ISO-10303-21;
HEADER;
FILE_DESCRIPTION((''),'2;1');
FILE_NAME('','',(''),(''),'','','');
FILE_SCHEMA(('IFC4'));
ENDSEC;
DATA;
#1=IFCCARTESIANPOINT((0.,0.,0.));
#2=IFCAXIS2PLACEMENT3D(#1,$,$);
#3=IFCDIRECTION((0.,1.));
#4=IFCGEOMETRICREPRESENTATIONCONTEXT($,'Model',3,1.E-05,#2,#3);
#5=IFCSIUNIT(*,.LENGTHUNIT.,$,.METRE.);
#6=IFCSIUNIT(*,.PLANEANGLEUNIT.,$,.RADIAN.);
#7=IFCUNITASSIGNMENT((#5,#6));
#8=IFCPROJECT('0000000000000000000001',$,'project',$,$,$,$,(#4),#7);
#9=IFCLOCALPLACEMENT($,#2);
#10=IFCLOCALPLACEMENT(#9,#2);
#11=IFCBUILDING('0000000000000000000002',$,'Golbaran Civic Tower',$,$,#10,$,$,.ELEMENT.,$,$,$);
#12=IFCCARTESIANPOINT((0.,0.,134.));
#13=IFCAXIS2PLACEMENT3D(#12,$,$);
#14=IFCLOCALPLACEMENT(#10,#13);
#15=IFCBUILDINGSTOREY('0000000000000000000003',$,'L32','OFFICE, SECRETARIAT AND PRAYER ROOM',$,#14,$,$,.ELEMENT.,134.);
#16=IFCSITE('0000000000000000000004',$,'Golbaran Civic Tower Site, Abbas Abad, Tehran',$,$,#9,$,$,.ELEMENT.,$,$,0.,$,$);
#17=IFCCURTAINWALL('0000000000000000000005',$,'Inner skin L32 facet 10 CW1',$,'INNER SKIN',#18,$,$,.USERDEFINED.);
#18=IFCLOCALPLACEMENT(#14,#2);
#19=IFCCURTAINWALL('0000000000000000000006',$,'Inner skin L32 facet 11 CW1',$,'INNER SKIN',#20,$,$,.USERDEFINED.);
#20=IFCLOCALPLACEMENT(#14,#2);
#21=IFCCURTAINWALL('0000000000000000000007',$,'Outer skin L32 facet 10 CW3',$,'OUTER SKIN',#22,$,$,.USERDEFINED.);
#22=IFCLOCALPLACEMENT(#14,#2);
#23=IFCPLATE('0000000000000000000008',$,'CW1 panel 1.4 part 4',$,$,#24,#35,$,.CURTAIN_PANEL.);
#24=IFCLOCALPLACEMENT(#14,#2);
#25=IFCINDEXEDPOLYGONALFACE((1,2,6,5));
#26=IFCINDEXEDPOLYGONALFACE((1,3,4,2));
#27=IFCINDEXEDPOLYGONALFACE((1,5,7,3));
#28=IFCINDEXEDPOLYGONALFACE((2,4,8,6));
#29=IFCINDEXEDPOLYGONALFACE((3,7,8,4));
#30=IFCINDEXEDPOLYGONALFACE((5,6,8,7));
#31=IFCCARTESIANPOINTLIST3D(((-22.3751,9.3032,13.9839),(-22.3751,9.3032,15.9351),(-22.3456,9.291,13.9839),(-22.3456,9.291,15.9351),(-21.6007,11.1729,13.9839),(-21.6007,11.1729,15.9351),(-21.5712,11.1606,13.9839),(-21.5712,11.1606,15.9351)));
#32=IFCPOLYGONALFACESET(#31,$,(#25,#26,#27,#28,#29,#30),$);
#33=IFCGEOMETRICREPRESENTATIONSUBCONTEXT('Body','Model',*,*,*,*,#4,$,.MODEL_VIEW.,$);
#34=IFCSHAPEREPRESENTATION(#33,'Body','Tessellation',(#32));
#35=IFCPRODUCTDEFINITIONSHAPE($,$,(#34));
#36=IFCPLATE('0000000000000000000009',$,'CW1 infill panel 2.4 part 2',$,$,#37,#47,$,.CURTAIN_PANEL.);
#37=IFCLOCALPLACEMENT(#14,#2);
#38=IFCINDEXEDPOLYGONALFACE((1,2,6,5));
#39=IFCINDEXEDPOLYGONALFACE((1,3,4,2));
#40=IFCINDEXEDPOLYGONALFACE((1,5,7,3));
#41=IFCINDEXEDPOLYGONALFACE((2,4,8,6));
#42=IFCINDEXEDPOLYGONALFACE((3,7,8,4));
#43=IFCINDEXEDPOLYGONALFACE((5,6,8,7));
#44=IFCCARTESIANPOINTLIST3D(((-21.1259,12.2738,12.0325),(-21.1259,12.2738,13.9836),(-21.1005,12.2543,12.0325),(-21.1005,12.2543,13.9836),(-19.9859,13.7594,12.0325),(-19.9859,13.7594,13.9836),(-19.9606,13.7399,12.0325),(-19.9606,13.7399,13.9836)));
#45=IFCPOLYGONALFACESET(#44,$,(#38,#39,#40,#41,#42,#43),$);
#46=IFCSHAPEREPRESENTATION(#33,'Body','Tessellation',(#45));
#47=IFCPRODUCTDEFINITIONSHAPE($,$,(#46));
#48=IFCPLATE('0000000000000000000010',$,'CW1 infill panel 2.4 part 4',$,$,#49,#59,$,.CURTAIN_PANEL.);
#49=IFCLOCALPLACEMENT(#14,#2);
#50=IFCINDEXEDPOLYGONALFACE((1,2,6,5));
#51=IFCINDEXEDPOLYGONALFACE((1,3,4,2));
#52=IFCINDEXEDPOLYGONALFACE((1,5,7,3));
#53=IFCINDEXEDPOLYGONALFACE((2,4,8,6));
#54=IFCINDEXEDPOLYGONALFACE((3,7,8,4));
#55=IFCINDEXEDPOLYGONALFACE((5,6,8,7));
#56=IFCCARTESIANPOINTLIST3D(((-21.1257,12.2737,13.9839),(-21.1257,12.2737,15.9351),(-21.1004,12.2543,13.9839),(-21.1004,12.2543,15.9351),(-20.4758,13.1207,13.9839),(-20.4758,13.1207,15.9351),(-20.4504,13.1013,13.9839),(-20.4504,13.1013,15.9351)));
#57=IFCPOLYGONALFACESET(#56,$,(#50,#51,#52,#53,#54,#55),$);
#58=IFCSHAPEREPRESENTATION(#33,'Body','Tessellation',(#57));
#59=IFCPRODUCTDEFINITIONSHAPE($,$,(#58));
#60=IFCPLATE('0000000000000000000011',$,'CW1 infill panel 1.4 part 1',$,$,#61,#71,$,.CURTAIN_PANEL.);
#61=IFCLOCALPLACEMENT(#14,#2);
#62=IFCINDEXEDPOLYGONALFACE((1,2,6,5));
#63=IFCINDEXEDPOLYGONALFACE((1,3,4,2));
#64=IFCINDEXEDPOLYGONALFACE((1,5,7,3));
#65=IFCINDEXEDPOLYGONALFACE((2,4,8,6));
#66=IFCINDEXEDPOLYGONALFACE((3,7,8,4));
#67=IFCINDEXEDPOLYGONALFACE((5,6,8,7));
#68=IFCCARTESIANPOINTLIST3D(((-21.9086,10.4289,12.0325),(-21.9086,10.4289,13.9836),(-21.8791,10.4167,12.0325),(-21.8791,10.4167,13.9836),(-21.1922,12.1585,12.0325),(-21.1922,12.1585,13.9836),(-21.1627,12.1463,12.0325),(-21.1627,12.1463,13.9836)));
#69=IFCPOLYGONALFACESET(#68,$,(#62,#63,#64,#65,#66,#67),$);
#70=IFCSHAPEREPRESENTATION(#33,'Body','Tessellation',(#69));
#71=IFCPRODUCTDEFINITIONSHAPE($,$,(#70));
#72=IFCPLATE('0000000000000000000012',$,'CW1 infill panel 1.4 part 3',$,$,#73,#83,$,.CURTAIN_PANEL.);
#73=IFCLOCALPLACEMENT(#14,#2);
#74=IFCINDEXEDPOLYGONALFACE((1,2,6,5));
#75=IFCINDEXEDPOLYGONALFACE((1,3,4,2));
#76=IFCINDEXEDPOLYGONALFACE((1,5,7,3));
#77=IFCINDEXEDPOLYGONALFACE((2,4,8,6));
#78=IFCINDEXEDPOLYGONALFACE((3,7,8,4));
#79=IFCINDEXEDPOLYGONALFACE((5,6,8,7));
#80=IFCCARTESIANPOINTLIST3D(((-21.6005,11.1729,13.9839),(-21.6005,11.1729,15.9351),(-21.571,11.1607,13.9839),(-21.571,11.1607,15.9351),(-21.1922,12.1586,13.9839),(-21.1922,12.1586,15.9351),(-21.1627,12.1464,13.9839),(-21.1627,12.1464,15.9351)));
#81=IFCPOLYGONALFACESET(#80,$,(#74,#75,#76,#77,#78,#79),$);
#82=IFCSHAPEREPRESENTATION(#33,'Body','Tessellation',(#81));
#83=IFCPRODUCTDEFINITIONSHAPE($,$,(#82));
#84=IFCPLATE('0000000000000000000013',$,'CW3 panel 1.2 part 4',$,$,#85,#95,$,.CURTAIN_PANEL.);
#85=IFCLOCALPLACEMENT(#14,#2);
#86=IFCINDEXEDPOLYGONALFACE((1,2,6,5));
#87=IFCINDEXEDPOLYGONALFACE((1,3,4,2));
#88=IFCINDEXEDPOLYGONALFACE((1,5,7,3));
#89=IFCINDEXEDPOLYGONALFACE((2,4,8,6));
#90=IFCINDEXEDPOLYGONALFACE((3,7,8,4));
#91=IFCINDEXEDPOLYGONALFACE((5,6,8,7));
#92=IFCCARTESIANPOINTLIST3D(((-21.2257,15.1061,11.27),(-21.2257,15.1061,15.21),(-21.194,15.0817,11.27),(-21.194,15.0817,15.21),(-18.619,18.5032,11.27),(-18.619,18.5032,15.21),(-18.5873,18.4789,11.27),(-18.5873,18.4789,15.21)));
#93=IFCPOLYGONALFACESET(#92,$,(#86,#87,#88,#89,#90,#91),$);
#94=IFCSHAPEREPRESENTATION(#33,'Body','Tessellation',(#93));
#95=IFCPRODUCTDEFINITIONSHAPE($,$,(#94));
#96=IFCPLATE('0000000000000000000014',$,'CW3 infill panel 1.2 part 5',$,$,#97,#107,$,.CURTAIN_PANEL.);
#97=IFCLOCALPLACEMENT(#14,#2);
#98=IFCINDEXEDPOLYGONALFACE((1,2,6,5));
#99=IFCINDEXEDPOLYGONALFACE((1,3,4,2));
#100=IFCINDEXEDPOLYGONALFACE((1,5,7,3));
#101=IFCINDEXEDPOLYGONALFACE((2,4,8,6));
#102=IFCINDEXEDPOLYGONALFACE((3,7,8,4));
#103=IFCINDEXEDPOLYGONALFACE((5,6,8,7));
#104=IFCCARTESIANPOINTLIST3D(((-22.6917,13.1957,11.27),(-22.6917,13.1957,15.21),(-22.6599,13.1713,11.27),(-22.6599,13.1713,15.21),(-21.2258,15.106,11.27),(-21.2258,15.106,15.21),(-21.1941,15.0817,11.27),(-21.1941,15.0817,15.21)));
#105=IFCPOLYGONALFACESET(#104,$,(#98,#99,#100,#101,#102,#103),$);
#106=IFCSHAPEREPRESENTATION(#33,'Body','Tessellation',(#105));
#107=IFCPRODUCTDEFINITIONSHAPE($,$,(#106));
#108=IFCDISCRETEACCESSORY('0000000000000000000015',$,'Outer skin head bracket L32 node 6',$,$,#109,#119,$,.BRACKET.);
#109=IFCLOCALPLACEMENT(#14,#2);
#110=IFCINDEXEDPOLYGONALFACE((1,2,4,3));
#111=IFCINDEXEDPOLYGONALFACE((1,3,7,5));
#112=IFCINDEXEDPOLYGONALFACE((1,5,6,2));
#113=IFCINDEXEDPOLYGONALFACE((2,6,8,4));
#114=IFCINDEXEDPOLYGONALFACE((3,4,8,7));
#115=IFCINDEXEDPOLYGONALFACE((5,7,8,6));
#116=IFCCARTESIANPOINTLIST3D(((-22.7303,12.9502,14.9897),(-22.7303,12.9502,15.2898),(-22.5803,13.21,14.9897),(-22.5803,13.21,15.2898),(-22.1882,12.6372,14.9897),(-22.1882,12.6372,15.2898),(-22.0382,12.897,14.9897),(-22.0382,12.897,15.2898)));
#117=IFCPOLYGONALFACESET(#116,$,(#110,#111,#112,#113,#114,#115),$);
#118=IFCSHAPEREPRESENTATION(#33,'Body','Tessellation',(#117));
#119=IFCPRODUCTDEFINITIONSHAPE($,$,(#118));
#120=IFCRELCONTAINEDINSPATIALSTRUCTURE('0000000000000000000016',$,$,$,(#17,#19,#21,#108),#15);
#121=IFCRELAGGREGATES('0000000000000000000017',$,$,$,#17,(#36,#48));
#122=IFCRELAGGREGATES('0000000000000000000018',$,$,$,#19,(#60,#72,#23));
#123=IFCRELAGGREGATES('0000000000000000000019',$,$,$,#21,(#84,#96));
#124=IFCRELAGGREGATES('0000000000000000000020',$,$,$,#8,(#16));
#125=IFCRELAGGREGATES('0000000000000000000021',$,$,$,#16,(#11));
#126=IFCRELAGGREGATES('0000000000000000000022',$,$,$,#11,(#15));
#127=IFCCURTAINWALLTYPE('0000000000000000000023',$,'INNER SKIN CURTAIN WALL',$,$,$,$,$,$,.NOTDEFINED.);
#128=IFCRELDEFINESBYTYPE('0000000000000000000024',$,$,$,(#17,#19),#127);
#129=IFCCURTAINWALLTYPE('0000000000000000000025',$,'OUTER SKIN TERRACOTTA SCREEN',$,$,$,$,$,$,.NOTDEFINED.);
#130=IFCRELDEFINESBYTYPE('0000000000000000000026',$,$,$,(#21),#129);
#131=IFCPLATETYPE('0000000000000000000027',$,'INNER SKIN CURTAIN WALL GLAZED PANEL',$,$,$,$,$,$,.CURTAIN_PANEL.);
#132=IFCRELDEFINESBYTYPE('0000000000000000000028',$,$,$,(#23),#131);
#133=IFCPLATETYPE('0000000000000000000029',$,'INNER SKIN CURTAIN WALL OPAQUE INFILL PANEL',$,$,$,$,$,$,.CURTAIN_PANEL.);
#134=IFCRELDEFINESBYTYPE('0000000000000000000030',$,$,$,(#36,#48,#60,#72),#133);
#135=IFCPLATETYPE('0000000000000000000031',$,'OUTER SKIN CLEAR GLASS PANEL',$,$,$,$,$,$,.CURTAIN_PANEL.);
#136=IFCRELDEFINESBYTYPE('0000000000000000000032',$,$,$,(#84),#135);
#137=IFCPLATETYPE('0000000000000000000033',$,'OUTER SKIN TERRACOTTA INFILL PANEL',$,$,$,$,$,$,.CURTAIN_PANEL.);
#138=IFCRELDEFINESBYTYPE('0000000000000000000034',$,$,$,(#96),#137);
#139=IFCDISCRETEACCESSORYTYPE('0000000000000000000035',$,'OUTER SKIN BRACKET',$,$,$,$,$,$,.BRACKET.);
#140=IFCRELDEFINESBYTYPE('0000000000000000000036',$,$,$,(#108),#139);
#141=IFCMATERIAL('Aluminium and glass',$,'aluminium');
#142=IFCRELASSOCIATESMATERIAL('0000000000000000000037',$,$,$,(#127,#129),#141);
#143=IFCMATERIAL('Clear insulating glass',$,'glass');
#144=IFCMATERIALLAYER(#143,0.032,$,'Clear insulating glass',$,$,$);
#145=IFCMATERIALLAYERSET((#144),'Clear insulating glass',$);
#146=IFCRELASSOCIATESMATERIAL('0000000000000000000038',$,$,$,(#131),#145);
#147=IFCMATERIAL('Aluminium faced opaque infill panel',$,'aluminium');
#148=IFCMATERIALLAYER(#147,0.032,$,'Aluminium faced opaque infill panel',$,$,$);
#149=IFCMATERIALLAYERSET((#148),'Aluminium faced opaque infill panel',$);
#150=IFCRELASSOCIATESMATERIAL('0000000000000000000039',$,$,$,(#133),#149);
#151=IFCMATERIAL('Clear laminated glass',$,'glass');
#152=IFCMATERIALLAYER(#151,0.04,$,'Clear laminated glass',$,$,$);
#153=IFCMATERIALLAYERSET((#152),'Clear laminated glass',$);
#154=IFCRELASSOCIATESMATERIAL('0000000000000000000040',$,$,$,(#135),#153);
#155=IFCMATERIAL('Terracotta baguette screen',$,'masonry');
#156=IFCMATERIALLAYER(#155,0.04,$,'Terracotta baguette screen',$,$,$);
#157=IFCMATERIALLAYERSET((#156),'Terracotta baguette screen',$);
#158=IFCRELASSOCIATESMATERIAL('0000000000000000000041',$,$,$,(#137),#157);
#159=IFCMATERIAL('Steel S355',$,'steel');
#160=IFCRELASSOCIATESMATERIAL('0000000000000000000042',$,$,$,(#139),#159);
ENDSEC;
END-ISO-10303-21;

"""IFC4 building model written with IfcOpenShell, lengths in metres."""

from ifc_helpers import new_model, si_unit, direction, frame, origin, origin_2d, place, context, subcontext, project, spatial, rectangle, extrude, material, layer, layer_set, type_object, element, aggregate, save


model = new_model("IFC4")

# Units and contexts
model_context = context("Model", 3, precision=1e-05, world=origin(), true_north=direction((0.0, 1.0)))
body_context = subcontext(model_context, "Body", "Model", "MODEL_VIEW")
ifc_project = project(units=[si_unit("LENGTHUNIT", "METRE"), si_unit("PLANEANGLEUNIT", "RADIAN")], contexts=[model_context])

# Site, building, storey
site_placement = place(None, origin())
site = spatial("IfcSite", under=ifc_project, at=site_placement, Name="Golbaran Civic Tower Site, Abbas Abad, Tehran", CompositionType="ELEMENT", RefElevation=0.0)
building_placement = place(site_placement, origin())
building = spatial("IfcBuilding", under=site, at=building_placement, Name="Golbaran Civic Tower", CompositionType="ELEMENT")
storey_placement = place(building_placement, frame((0.0, 0.0, 134.0)))
storey = spatial("IfcBuildingStorey", under=building, at=storey_placement, Name="L32", Description="OFFICE, SECRETARIAT AND PRAYER ROOM", CompositionType="ELEMENT", Elevation=134.0)

# Curtain walls
ifc_material_1 = material(Name="Aluminium and glass", Category="aluminium")
curtain_wall_type_1 = type_object("IfcCurtainWallType", Name="INNER SKIN CURTAIN WALL", PredefinedType="NOTDEFINED", material=ifc_material_1)
curtain_wall_1_placement = place(storey_placement, origin())
curtain_wall_1 = element("IfcCurtainWall", 1, at=curtain_wall_1_placement, inside=storey, type_object=curtain_wall_type_1, Name="Inner skin L32 facet 10 CW1", ObjectType="INNER SKIN", PredefinedType="USERDEFINED")
curtain_wall_2_placement = place(storey_placement, origin())
curtain_wall_2 = element("IfcCurtainWall", 2, at=curtain_wall_2_placement, inside=storey, type_object=curtain_wall_type_1, Name="Inner skin L32 facet 11 CW1", ObjectType="INNER SKIN", PredefinedType="USERDEFINED")

# Curtain wall
curtain_wall_type_2 = type_object("IfcCurtainWallType", Name="OUTER SKIN TERRACOTTA SCREEN", PredefinedType="NOTDEFINED", material=ifc_material_1)
curtain_wall_3_placement = place(storey_placement, origin())
curtain_wall_3 = element("IfcCurtainWall", 3, at=curtain_wall_3_placement, inside=storey, type_object=curtain_wall_type_2, Name="Outer skin L32 facet 10 CW3", ObjectType="OUTER SKIN", PredefinedType="USERDEFINED")

# Shared definitions
ifc_material_2 = material(Name="Clear insulating glass", Category="glass")
ifc_layer_1 = layer(ifc_material_2, 0.032, Name="Clear insulating glass")
ifc_layer_set_1 = layer_set([ifc_layer_1], Name="Clear insulating glass")
plate_type_1 = type_object("IfcPlateType", Name="INNER SKIN CURTAIN WALL GLAZED PANEL", PredefinedType="CURTAIN_PANEL", material=ifc_layer_set_1)

# Plates
plate_1_placement = place(storey_placement, frame((-21.9731, 10.2319, 13.9839), z_axis=(0.0, 0.0, 1.0), x_axis=(-0.382683, -0.92388, 0.0)))
plate_1 = element("IfcPlate", 4, at=plate_1_placement, type_object=plate_type_1, Name="CW1 panel 1.4 part 4", PredefinedType="CURTAIN_PANEL", context=body_context, shape_type="SweptSolid", body=[
    extrude(rectangle(XDim=2.0237, YDim=0.032, at=origin_2d()), origin(), (0.0, 0.0, 1.0), 1.9512),
])
ifc_material_3 = material(Name="Aluminium faced opaque infill panel", Category="aluminium")
ifc_layer_2 = layer(ifc_material_3, 0.032, Name="Aluminium faced opaque infill panel")
ifc_layer_set_2 = layer_set([ifc_layer_2], Name="Aluminium faced opaque infill panel")
plate_type_2 = type_object("IfcPlateType", Name="INNER SKIN CURTAIN WALL OPAQUE INFILL PANEL", PredefinedType="CURTAIN_PANEL", material=ifc_layer_set_2)
plate_2_placement = place(storey_placement, frame((-20.5432, 13.0068, 12.0325), z_axis=(0.0, 0.0, 1.0), x_axis=(-0.608761, -0.793353, 0.0)))
plate_2 = element("IfcPlate", 5, at=plate_2_placement, type_object=plate_type_2, Name="CW1 infill panel 2.4 part 2", PredefinedType="CURTAIN_PANEL", context=body_context, shape_type="SweptSolid", body=[
    extrude(rectangle(XDim=1.8726, YDim=0.032, at=origin_2d()), origin(), (0.0, 0.0, 1.0), 1.9512),
])
plate_3_placement = place(storey_placement, frame((-20.7881, 12.6875, 13.9839), z_axis=(0.0, 0.0, 1.0), x_axis=(-0.608761, -0.793353, 0.0)))
plate_3 = element("IfcPlate", 6, at=plate_3_placement, type_object=plate_type_2, Name="CW1 infill panel 2.4 part 4", PredefinedType="CURTAIN_PANEL", context=body_context, shape_type="SweptSolid", body=[
    extrude(rectangle(XDim=1.0676, YDim=0.032, at=origin_2d()), origin(), (0.0, 0.0, 1.0), 1.9512),
])
aggregate(curtain_wall_1, [plate_2, plate_3])
plate_4_placement = place(storey_placement, frame((-21.5356, 11.2876, 12.0325), z_axis=(0.0, 0.0, 1.0), x_axis=(-0.382683, -0.92388, 0.0)))
plate_4 = element("IfcPlate", 7, at=plate_4_placement, type_object=plate_type_2, Name="CW1 infill panel 1.4 part 1", PredefinedType="CURTAIN_PANEL", context=body_context, shape_type="SweptSolid", body=[
    extrude(rectangle(XDim=1.8721, YDim=0.032, at=origin_2d()), origin(), (0.0, 0.0, 1.0), 1.9512),
])
plate_5_placement = place(storey_placement, frame((-21.3816, 11.6597, 13.9839), z_axis=(0.0, 0.0, 1.0), x_axis=(-0.382683, -0.92388, 0.0)))
plate_5 = element("IfcPlate", 8, at=plate_5_placement, type_object=plate_type_2, Name="CW1 infill panel 1.4 part 3", PredefinedType="CURTAIN_PANEL", context=body_context, shape_type="SweptSolid", body=[
    extrude(rectangle(XDim=1.0669, YDim=0.032, at=origin_2d()), origin(), (0.0, 0.0, 1.0), 1.9512),
])
aggregate(curtain_wall_2, [plate_4, plate_5, plate_1])
ifc_material_4 = material(Name="Clear laminated glass", Category="glass")
ifc_layer_3 = layer(ifc_material_4, 0.04, Name="Clear laminated glass")
ifc_layer_set_3 = layer_set([ifc_layer_3], Name="Clear laminated glass")
plate_type_3 = type_object("IfcPlateType", Name="OUTER SKIN CLEAR GLASS PANEL", PredefinedType="CURTAIN_PANEL", material=ifc_layer_set_3)
plate_6_placement = place(storey_placement, frame((-19.9065, 16.7925, 11.27), z_axis=(0.0, 0.0, 1.0), x_axis=(-0.608761, -0.793353, 0.0)))
plate_6 = element("IfcPlate", 9, at=plate_6_placement, type_object=plate_type_3, Name="CW3 panel 1.2 part 4", PredefinedType="CURTAIN_PANEL", context=body_context, shape_type="SweptSolid", body=[
    extrude(rectangle(XDim=4.282, YDim=0.04, at=origin_2d()), origin(), (0.0, 0.0, 1.0), 3.9399),
])
ifc_material_5 = material(Name="Terracotta baguette screen", Category="masonry")
ifc_layer_4 = layer(ifc_material_5, 0.04, Name="Terracotta baguette screen")
ifc_layer_set_4 = layer_set([ifc_layer_4], Name="Terracotta baguette screen")
plate_type_4 = type_object("IfcPlateType", Name="OUTER SKIN TERRACOTTA INFILL PANEL", PredefinedType="CURTAIN_PANEL", material=ifc_layer_set_4)
plate_7_placement = place(storey_placement, frame((-21.9429, 14.1387, 11.27), z_axis=(0.0, 0.0, 1.0), x_axis=(-0.608761, -0.793353, 0.0)))
plate_7 = element("IfcPlate", 10, at=plate_7_placement, type_object=plate_type_4, Name="CW3 infill panel 1.2 part 5", PredefinedType="CURTAIN_PANEL", context=body_context, shape_type="SweptSolid", body=[
    extrude(rectangle(XDim=2.408, YDim=0.04, at=origin_2d()), origin(), (0.0, 0.0, 1.0), 3.9399),
])
aggregate(curtain_wall_3, [plate_6, plate_7])

# Discrete accessory
ifc_material_6 = material(Name="Steel S355", Category="steel")
discrete_accessory_type = type_object("IfcDiscreteAccessoryType", Name="OUTER SKIN BRACKET", PredefinedType="BRACKET", material=ifc_material_6)
discrete_accessory_placement = place(storey_placement, frame((-22.3843, 12.9236, 14.9897), z_axis=(0.0, 0.0, 1.0), x_axis=(-0.866025, 0.5, 0.0)))
element("IfcDiscreteAccessory", 11, at=discrete_accessory_placement, inside=storey, type_object=discrete_accessory_type, Name="Outer skin head bracket L32 node 6", PredefinedType="BRACKET", context=body_context, shape_type="SweptSolid", body=[
    extrude(rectangle(XDim=0.626, YDim=0.3, at=origin_2d()), origin(), (0.0, 0.0, 1.0), 0.3),
])

save(model, "model.ifc")
